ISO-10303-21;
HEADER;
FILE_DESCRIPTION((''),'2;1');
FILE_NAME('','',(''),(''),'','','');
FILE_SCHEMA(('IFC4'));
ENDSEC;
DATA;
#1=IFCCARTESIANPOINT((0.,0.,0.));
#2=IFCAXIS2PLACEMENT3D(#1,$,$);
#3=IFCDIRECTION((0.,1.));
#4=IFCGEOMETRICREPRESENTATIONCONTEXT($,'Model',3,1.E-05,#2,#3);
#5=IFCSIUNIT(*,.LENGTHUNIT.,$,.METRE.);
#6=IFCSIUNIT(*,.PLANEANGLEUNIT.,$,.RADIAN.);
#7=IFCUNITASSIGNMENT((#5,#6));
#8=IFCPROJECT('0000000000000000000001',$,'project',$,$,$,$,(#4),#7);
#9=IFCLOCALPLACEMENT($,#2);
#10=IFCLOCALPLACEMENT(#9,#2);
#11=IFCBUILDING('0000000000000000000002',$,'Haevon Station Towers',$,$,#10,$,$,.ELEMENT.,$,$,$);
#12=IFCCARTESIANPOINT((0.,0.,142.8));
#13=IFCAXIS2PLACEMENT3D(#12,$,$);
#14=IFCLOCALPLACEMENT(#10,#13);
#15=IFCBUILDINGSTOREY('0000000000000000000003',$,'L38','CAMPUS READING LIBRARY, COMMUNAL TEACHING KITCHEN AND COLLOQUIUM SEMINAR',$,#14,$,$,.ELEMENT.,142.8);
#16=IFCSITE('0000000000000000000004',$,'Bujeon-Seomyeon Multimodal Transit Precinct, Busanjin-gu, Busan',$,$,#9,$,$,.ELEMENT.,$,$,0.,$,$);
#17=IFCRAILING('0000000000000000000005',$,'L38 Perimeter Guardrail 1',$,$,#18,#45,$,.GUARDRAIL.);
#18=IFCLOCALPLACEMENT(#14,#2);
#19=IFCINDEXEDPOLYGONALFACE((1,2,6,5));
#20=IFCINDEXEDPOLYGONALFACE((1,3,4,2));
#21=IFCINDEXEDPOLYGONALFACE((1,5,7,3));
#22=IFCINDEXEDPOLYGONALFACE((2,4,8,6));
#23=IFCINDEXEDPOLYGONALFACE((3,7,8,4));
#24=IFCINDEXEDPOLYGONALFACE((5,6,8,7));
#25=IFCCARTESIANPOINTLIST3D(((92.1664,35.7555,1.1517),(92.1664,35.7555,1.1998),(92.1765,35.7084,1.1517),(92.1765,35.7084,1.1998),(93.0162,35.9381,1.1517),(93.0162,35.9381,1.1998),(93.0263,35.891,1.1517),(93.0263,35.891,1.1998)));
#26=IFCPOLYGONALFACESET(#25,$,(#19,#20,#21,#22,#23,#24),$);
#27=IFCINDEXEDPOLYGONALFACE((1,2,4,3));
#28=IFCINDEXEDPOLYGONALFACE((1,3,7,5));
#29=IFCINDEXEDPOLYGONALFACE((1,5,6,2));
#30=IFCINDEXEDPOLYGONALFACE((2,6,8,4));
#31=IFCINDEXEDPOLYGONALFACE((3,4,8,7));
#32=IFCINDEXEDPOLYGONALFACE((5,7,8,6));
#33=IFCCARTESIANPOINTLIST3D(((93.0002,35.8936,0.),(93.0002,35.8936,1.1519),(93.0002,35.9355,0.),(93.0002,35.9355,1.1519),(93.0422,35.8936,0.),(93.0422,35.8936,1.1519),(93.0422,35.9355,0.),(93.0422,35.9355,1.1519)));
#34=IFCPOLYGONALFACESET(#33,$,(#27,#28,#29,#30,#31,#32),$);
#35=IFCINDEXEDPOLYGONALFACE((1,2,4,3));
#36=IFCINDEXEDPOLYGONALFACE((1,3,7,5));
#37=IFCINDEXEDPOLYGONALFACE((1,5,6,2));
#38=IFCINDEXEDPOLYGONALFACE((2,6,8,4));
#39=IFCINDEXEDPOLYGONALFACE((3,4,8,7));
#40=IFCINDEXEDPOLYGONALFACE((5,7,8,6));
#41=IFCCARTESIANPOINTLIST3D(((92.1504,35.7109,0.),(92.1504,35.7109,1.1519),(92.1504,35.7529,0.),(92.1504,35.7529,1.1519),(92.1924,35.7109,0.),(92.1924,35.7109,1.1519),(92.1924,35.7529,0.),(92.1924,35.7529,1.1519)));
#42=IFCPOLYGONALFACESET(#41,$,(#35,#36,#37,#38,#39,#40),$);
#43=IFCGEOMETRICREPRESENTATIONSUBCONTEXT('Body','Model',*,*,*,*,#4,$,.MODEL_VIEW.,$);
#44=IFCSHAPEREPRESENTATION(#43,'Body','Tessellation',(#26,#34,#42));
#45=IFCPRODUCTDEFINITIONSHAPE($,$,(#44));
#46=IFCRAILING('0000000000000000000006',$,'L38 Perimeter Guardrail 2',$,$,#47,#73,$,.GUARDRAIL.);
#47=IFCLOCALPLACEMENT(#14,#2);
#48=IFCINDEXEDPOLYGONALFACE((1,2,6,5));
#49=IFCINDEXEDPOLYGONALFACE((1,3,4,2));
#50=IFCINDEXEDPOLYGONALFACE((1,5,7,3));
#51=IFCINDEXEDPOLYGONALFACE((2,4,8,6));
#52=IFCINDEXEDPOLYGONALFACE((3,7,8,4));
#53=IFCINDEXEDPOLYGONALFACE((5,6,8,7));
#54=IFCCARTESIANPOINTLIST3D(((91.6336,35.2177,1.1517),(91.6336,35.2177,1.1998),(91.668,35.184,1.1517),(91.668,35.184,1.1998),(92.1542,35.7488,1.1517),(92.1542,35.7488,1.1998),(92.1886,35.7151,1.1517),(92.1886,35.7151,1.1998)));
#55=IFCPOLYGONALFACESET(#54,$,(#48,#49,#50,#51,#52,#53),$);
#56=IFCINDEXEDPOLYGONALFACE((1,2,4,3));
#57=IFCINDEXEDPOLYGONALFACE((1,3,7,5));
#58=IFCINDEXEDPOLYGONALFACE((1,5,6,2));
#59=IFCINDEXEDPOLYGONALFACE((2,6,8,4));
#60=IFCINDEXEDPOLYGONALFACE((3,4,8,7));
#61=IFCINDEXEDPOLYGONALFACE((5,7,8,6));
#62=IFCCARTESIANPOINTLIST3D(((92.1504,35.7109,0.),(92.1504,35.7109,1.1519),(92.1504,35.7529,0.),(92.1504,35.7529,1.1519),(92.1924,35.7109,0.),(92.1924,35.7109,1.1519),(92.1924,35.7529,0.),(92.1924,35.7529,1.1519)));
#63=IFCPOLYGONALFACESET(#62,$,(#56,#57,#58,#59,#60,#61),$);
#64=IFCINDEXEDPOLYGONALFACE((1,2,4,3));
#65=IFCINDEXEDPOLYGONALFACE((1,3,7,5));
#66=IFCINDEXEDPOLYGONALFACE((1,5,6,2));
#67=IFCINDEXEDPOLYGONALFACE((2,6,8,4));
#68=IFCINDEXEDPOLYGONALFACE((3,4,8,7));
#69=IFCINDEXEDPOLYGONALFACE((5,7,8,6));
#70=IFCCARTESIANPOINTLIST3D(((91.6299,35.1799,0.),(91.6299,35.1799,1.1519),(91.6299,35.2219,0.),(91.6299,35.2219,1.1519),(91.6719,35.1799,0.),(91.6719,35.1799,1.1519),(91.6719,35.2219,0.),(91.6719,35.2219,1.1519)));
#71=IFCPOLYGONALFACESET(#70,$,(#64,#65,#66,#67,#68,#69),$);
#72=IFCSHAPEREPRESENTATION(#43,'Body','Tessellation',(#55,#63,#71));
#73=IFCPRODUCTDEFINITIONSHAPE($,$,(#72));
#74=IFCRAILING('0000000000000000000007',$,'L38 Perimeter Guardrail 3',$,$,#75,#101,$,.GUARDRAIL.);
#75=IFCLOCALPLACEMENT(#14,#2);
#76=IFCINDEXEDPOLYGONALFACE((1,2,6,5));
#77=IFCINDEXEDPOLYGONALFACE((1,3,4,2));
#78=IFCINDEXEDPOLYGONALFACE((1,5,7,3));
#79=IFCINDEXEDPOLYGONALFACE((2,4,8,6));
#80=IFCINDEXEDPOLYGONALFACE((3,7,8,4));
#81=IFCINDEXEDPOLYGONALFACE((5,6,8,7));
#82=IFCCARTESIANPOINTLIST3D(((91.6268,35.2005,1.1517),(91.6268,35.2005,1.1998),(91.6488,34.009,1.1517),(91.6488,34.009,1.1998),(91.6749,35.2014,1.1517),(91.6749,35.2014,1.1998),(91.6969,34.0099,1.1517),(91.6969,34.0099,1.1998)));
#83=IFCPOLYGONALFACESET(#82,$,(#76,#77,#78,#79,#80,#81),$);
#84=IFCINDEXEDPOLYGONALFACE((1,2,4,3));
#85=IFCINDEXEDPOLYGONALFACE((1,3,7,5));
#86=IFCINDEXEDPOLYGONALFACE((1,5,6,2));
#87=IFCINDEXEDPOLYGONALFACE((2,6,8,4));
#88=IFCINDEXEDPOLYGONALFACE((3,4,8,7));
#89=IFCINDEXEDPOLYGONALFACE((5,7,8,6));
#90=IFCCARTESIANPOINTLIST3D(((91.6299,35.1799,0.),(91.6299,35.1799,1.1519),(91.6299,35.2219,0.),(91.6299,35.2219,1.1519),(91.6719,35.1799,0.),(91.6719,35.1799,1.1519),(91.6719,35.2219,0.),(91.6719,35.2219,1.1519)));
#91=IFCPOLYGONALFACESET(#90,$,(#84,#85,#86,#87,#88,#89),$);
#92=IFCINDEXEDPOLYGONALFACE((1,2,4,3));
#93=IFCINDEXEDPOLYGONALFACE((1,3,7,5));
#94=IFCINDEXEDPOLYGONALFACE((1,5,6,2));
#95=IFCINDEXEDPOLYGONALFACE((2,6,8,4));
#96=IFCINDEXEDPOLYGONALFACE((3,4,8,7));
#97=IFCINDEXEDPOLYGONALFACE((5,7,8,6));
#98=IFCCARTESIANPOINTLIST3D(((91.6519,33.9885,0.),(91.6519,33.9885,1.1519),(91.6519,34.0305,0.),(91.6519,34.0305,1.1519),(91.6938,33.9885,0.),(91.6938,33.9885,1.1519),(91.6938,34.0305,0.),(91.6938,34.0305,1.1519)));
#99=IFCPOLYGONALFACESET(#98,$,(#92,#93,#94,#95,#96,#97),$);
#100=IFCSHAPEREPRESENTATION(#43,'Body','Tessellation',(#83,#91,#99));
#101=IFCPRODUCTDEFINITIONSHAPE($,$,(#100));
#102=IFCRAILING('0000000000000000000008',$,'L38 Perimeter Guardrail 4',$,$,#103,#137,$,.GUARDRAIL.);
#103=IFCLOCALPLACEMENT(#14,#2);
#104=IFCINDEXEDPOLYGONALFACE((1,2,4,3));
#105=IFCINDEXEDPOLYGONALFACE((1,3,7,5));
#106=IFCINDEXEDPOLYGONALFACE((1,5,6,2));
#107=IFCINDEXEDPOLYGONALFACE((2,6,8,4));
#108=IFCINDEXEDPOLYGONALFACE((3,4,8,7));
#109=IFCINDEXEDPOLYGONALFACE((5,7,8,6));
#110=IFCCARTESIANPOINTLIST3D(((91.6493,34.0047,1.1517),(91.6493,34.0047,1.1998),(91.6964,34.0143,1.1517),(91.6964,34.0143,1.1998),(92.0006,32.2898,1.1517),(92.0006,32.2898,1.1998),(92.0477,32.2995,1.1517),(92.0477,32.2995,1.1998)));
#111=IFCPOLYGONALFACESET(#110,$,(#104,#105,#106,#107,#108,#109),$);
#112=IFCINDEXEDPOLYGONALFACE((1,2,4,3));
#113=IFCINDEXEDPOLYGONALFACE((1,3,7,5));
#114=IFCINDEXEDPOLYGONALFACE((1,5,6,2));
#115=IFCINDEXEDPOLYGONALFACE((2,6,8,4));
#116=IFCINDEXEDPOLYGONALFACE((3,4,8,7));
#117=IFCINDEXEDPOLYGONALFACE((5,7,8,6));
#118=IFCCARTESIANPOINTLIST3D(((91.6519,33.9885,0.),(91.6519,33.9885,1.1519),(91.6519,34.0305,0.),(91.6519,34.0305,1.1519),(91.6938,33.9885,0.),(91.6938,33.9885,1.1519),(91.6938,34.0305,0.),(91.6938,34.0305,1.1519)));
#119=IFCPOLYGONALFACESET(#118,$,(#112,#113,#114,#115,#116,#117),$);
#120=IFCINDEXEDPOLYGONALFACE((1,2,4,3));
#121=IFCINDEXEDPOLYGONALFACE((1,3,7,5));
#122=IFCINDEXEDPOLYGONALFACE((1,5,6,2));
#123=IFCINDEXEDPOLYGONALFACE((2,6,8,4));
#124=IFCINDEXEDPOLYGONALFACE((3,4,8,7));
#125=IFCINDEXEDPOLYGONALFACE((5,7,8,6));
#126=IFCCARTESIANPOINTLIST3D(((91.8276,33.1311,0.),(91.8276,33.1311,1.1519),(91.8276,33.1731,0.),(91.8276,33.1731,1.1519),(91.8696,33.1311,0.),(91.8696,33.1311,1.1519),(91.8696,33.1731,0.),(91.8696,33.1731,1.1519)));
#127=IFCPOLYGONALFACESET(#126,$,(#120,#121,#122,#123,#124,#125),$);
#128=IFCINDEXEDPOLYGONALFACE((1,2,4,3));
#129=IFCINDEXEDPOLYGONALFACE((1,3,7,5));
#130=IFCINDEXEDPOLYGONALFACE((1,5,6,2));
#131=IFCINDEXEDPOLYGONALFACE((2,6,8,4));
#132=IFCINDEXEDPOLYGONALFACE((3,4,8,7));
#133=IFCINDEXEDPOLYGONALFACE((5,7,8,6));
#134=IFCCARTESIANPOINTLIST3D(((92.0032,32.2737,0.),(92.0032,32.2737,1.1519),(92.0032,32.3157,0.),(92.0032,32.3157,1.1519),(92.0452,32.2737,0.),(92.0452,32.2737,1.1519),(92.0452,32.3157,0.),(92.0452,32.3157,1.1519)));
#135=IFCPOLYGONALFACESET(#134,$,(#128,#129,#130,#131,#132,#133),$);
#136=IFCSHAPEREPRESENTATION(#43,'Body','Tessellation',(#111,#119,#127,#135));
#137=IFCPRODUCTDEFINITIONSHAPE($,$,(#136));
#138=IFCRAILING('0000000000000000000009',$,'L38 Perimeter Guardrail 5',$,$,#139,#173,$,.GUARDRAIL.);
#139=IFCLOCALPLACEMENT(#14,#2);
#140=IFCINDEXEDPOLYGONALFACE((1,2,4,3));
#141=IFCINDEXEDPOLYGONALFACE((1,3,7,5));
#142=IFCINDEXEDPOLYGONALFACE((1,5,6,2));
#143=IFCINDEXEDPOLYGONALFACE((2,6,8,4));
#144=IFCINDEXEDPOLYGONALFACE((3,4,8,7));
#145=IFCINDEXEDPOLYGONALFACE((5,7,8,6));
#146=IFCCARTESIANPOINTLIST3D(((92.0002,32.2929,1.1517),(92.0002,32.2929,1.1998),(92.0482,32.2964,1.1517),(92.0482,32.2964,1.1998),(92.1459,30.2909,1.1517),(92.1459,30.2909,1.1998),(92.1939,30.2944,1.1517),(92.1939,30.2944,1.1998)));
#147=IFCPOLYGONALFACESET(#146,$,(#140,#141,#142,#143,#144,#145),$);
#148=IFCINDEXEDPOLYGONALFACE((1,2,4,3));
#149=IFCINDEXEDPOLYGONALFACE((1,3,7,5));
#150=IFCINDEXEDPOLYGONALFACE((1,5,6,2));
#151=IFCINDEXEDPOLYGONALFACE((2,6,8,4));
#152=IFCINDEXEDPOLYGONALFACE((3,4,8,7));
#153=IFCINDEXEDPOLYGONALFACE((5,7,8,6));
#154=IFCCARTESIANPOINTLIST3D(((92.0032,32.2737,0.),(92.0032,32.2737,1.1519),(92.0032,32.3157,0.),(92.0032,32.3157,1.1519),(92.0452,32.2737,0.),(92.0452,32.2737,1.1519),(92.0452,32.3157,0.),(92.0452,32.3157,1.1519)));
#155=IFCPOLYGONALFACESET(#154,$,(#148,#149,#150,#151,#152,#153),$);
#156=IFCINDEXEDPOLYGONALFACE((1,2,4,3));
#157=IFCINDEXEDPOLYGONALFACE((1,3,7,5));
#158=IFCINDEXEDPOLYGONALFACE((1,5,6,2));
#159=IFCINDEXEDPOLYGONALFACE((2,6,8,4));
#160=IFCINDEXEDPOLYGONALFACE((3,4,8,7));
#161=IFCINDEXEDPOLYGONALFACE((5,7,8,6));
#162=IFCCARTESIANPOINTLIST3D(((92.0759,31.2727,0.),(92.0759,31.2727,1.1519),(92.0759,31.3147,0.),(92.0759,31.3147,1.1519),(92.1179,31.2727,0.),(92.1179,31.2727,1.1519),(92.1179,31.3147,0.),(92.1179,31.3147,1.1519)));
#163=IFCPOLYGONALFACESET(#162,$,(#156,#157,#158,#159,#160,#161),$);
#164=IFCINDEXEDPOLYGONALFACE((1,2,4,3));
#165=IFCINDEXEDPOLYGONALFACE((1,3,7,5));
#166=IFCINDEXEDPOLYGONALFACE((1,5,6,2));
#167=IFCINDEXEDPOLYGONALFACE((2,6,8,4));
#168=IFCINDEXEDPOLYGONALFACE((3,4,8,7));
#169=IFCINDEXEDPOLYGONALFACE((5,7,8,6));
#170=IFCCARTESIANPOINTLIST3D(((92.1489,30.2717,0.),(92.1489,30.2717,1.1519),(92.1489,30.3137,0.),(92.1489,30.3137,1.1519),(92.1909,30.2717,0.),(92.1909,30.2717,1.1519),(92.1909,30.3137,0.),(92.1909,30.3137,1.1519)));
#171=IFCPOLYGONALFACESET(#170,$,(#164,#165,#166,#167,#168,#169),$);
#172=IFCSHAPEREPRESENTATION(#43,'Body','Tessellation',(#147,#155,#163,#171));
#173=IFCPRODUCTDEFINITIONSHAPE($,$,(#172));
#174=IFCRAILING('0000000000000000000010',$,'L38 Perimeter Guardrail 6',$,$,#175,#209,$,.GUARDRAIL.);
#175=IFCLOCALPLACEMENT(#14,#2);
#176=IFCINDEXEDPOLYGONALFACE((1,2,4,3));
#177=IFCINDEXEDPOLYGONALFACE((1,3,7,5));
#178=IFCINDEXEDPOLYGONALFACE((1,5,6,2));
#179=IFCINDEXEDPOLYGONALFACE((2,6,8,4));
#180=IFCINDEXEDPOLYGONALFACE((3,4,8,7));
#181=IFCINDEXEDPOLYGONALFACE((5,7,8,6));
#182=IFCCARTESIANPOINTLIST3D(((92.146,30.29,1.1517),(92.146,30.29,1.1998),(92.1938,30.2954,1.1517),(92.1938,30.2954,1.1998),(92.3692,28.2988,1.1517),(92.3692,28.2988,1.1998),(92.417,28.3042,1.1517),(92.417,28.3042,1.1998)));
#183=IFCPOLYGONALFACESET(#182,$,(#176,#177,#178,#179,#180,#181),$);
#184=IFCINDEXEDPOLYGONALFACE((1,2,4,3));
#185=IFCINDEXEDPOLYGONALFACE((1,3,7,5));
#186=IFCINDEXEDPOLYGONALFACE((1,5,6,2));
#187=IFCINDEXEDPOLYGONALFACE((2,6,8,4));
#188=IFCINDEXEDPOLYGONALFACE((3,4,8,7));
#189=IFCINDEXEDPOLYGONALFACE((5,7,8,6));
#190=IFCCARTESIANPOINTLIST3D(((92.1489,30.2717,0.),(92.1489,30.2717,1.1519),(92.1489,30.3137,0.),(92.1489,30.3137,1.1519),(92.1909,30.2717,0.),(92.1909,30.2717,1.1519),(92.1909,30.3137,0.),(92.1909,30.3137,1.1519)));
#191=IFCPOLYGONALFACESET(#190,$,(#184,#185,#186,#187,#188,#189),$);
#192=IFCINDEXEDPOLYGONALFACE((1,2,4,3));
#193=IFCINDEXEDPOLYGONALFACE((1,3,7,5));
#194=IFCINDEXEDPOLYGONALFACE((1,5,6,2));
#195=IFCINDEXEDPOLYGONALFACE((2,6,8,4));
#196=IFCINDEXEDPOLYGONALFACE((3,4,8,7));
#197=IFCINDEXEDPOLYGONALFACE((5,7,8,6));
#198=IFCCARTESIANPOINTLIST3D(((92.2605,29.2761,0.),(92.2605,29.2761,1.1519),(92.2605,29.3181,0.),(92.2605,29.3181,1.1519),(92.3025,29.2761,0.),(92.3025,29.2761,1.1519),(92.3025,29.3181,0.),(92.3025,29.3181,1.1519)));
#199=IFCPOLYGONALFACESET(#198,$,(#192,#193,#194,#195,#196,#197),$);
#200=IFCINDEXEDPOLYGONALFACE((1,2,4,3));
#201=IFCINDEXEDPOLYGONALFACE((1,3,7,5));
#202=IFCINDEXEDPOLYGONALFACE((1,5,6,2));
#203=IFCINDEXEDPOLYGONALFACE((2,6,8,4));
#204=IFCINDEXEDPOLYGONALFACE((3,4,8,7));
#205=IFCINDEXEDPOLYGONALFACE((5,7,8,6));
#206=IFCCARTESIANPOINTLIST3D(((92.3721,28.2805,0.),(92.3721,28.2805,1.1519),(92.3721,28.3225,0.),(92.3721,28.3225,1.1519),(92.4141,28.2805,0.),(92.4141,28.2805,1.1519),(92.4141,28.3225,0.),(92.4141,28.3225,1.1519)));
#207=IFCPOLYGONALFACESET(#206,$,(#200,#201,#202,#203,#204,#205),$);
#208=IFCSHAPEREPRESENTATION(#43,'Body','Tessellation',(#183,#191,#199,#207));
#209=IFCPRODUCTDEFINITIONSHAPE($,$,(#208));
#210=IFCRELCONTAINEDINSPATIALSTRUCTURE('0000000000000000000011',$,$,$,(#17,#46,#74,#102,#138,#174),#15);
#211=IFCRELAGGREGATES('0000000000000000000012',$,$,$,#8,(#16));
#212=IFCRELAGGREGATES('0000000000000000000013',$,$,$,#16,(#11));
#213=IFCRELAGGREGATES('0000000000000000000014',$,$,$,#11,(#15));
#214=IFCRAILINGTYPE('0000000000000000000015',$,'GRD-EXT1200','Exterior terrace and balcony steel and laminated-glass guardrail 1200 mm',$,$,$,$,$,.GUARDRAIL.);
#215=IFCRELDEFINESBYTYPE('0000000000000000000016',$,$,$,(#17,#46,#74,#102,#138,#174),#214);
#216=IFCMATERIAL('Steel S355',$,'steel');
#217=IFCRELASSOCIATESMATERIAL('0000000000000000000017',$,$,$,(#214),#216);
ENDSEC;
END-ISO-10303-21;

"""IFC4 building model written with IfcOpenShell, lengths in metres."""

from ifc_helpers import new_model, si_unit, direction, frame, origin, origin_2d, place, context, subcontext, project, spatial, rectangle, extrude, material, type_object, element, save


model = new_model("IFC4")

# Units and contexts
model_context = context("Model", 3, precision=1e-05, world=origin(), true_north=direction((0.0, 1.0)))
body_context = subcontext(model_context, "Body", "Model", "MODEL_VIEW")
ifc_project = project(units=[si_unit("LENGTHUNIT", "METRE"), si_unit("PLANEANGLEUNIT", "RADIAN")], contexts=[model_context])

# Site, building, storey
site_placement = place(None, origin())
site = spatial("IfcSite", under=ifc_project, at=site_placement, Name="Bujeon-Seomyeon Multimodal Transit Precinct, Busanjin-gu, Busan", CompositionType="ELEMENT", RefElevation=0.0)
building_placement = place(site_placement, origin())
building = spatial("IfcBuilding", under=site, at=building_placement, Name="Haevon Station Towers", CompositionType="ELEMENT")
storey_placement = place(building_placement, frame((0.0, 0.0, 142.8)))
storey = spatial("IfcBuildingStorey", under=building, at=storey_placement, Name="L38", Description="CAMPUS READING LIBRARY, COMMUNAL TEACHING KITCHEN AND COLLOQUIUM SEMINAR", CompositionType="ELEMENT", Elevation=142.8)

# Shared definitions
ifc_material_1 = material(Name="Steel S355", Category="steel")

# Railings
railing_type = type_object("IfcRailingType", Name="GRD-EXT1200", Description="Exterior terrace and balcony steel and laminated-glass guardrail 1200 mm", PredefinedType="GUARDRAIL", material=ifc_material_1)
railing_1_placement = place(storey_placement, frame((93.0212, 35.9146, 0.0)))
element("IfcRailing", 1, at=railing_1_placement, inside=storey, type_object=railing_type, Name="L38 Perimeter Guardrail 1", PredefinedType="GUARDRAIL", context=body_context, shape_type="SweptSolid", body=[
    extrude(rectangle(XDim=0.0481, YDim=0.0481, at=origin_2d()), frame((0.0, 0.0, 1.1758), z_axis=(-0.977683, -0.210085, 0.0), x_axis=(0.210085, -0.977683, 0.0)), (0.0, 0.0, 1.0), 0.8691),
    extrude(rectangle(XDim=0.042, YDim=0.042, at=origin_2d()), origin(), (0.0, 0.0, 1.0), 1.1519),
    extrude(rectangle(XDim=0.042, YDim=0.042, at=origin_2d()), frame((-0.8499, -0.1826, 0.0)), (0.0, 0.0, 1.0), 1.1519),
])
railing_2_placement = place(storey_placement, frame((92.1714, 35.7319, 0.0)))
element("IfcRailing", 2, at=railing_2_placement, inside=storey, type_object=railing_type, Name="L38 Perimeter Guardrail 2", PredefinedType="GUARDRAIL", context=body_context, shape_type="SweptSolid", body=[
    extrude(rectangle(XDim=0.0481, YDim=0.0481, at=origin_2d()), frame((0.0, 0.0, 1.1758), z_axis=(-0.700012, -0.714131, 0.0), x_axis=(0.714131, -0.700012, 0.0)), (0.0, 0.0, 1.0), 0.7437),
    extrude(rectangle(XDim=0.042, YDim=0.042, at=origin_2d()), origin(), (0.0, 0.0, 1.0), 1.1519),
    extrude(rectangle(XDim=0.042, YDim=0.042, at=origin_2d()), frame((-0.5205, -0.531, 0.0)), (0.0, 0.0, 1.0), 1.1519),
])
railing_3_placement = place(storey_placement, frame((91.6509, 35.2009, 0.0)))
element("IfcRailing", 3, at=railing_3_placement, inside=storey, type_object=railing_type, Name="L38 Perimeter Guardrail 3", PredefinedType="GUARDRAIL", context=body_context, shape_type="SweptSolid", body=[
    extrude(rectangle(XDim=0.0481, YDim=0.0481, at=origin_2d()), frame((0.0, 0.0, 1.1758), z_axis=(0.018439, -0.99983, 0.0), x_axis=(0.99983, 0.018439, 0.0)), (0.0, 0.0, 1.0), 1.1917),
    extrude(rectangle(XDim=0.042, YDim=0.042, at=origin_2d()), origin(), (0.0, 0.0, 1.0), 1.1519),
    extrude(rectangle(XDim=0.042, YDim=0.042, at=origin_2d()), frame((0.022, -1.1914, 0.0)), (0.0, 0.0, 1.0), 1.1519),
])
railing_4_placement = place(storey_placement, frame((91.6729, 34.0095, 0.0)))
element("IfcRailing", 4, at=railing_4_placement, inside=storey, type_object=railing_type, Name="L38 Perimeter Guardrail 4", PredefinedType="GUARDRAIL", context=body_context, shape_type="SweptSolid", body=[
    extrude(rectangle(XDim=0.0481, YDim=0.0481, at=origin_2d()), frame((0.0, 0.0, 1.1758), z_axis=(0.2007, -0.979653, 0.0), x_axis=(0.979653, 0.2007, 0.0)), (0.0, 0.0, 1.0), 1.7505),
    extrude(rectangle(XDim=0.042, YDim=0.042, at=origin_2d()), origin(), (0.0, 0.0, 1.0), 1.1519),
    extrude(rectangle(XDim=0.042, YDim=0.042, at=origin_2d()), frame((0.1758, -0.8574, 0.0)), (0.0, 0.0, 1.0), 1.1519),
    extrude(rectangle(XDim=0.042, YDim=0.042, at=origin_2d()), frame((0.3513, -1.7148, 0.0)), (0.0, 0.0, 1.0), 1.1519),
])
railing_5_placement = place(storey_placement, frame((92.0242, 32.2947, 0.0)))
element("IfcRailing", 5, at=railing_5_placement, inside=storey, type_object=railing_type, Name="L38 Perimeter Guardrail 5", PredefinedType="GUARDRAIL", context=body_context, shape_type="SweptSolid", body=[
    extrude(rectangle(XDim=0.0481, YDim=0.0481, at=origin_2d()), frame((0.0, 0.0, 1.1758), z_axis=(0.072613, -0.99736, 0.0), x_axis=(0.99736, 0.072613, 0.0)), (0.0, 0.0, 1.0), 2.0073),
    extrude(rectangle(XDim=0.042, YDim=0.042, at=origin_2d()), origin(), (0.0, 0.0, 1.0), 1.1519),
    extrude(rectangle(XDim=0.042, YDim=0.042, at=origin_2d()), frame((0.0728, -1.001, 0.0)), (0.0, 0.0, 1.0), 1.1519),
    extrude(rectangle(XDim=0.042, YDim=0.042, at=origin_2d()), frame((0.1458, -2.002, 0.0)), (0.0, 0.0, 1.0), 1.1519),
])
railing_6_placement = place(storey_placement, frame((92.1699, 30.2927, 0.0)))
element("IfcRailing", 6, at=railing_6_placement, inside=storey, type_object=railing_type, Name="L38 Perimeter Guardrail 6", PredefinedType="GUARDRAIL", context=body_context, shape_type="SweptSolid", body=[
    extrude(rectangle(XDim=0.0481, YDim=0.0481, at=origin_2d()), frame((0.0, 0.0, 1.1758), z_axis=(0.111368, -0.993779, 0.0), x_axis=(0.993779, 0.111368, 0.0)), (0.0, 0.0, 1.0), 2.0037),
    extrude(rectangle(XDim=0.042, YDim=0.042, at=origin_2d()), origin(), (0.0, 0.0, 1.0), 1.1519),
    extrude(rectangle(XDim=0.042, YDim=0.042, at=origin_2d()), frame((0.1116, -0.9956, 0.0)), (0.0, 0.0, 1.0), 1.1519),
    extrude(rectangle(XDim=0.042, YDim=0.042, at=origin_2d()), frame((0.2231, -1.9912, 0.0)), (0.0, 0.0, 1.0), 1.1519),
])

save(model, "model.ifc")
